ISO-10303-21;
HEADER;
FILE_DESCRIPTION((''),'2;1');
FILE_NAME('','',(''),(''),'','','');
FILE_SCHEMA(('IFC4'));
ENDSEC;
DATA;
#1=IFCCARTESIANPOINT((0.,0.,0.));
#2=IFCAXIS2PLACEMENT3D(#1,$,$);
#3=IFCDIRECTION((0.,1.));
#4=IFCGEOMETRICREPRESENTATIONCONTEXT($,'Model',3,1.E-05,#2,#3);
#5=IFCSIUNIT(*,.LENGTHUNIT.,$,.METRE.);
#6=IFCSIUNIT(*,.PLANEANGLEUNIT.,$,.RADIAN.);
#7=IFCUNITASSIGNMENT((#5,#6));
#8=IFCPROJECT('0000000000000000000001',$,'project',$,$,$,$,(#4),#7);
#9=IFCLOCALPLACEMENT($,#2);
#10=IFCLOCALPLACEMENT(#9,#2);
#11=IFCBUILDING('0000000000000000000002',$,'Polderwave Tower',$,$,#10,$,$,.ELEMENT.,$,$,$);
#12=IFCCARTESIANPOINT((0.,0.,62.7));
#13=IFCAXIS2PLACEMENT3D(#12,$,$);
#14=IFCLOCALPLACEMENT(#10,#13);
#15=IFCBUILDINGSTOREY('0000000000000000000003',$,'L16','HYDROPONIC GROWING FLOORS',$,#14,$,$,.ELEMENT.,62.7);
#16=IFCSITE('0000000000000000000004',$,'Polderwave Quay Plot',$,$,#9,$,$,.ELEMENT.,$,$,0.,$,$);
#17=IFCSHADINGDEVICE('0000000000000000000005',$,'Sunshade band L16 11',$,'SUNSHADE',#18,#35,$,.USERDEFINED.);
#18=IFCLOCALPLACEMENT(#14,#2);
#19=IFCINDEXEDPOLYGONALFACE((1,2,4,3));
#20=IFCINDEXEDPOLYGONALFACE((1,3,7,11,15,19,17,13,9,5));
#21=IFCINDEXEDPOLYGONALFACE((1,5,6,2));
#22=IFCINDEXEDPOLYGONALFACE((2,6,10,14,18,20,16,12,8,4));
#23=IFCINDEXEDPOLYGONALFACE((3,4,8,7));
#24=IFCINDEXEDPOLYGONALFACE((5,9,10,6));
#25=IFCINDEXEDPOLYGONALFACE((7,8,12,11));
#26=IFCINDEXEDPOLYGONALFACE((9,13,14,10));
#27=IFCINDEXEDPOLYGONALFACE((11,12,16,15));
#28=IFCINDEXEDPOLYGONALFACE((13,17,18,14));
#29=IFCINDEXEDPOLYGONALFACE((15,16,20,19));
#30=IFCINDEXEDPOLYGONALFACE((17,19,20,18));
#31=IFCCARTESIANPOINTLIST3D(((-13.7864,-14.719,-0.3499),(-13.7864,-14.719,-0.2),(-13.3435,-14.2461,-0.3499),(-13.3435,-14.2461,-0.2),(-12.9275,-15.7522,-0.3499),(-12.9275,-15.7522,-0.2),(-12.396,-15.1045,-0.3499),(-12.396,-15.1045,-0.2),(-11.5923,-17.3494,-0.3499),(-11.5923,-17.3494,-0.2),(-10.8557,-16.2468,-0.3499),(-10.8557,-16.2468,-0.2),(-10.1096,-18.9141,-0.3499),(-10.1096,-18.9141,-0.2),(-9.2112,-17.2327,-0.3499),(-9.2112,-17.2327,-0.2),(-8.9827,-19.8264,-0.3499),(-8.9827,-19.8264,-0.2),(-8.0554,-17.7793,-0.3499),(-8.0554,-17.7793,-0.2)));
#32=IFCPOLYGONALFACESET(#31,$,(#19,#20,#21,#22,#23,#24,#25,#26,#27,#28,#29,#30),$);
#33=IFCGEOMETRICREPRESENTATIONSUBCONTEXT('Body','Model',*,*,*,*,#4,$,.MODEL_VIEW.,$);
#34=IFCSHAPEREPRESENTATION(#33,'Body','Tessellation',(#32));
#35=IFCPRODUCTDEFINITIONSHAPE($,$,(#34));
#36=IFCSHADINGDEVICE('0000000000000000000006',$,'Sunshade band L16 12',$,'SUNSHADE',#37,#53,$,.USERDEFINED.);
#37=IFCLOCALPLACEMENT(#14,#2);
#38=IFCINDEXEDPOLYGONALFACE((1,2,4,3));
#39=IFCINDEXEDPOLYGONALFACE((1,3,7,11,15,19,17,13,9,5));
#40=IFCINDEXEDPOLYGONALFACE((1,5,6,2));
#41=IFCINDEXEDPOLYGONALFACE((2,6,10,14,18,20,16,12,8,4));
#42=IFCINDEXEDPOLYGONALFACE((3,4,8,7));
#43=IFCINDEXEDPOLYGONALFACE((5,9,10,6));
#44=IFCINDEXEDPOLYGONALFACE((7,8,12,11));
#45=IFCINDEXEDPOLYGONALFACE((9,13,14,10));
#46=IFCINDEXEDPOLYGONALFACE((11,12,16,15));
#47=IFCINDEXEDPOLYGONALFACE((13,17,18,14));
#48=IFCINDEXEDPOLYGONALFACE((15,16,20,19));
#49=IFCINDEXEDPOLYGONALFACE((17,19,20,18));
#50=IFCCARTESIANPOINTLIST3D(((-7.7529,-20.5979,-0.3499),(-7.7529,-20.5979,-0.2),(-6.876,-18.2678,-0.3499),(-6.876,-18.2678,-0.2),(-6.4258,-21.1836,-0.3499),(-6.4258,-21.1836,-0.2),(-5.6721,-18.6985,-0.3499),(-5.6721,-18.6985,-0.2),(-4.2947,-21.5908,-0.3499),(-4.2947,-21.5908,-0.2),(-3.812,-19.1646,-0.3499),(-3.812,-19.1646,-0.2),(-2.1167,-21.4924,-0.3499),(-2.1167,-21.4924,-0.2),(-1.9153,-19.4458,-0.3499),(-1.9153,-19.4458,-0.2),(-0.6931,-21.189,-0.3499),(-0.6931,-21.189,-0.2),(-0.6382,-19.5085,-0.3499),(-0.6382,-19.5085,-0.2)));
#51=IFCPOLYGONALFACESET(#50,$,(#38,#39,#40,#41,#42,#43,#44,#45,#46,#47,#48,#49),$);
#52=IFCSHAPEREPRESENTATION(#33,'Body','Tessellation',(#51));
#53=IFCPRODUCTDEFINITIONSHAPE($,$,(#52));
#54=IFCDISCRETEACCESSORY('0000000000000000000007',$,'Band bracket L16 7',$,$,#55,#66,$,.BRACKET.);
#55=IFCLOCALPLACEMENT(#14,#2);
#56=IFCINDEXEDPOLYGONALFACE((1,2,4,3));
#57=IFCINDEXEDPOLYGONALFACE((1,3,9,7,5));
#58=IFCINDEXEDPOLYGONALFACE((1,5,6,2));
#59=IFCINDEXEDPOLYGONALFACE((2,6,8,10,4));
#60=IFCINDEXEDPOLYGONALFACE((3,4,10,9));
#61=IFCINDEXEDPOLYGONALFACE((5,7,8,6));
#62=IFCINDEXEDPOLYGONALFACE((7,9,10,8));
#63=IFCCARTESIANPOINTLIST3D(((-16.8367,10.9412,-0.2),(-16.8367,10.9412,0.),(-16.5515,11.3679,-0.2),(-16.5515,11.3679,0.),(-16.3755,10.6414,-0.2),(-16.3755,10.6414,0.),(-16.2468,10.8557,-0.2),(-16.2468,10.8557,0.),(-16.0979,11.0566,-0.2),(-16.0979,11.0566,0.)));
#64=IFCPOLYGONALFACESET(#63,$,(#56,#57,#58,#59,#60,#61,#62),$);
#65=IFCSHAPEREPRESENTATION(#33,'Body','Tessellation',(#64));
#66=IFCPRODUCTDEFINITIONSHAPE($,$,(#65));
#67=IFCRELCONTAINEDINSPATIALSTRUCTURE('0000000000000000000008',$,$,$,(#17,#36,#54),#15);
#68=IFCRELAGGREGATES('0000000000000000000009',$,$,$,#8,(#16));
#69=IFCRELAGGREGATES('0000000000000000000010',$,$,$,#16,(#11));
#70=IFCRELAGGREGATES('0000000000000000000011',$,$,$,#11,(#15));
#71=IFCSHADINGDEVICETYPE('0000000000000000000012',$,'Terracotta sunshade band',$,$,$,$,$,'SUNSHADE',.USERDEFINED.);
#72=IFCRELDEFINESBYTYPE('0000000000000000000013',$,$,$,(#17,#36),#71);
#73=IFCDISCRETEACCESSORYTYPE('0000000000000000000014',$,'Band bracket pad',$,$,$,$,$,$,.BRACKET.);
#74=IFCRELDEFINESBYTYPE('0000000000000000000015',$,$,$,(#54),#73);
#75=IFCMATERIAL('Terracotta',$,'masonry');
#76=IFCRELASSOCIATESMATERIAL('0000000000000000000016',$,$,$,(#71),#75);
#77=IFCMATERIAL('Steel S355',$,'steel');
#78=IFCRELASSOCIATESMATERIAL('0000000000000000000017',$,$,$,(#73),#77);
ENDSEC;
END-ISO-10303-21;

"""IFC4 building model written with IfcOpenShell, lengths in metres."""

from ifc_helpers import new_model, si_unit, direction, frame, origin, place, context, subcontext, project, spatial, polyline, outline, extrude, material, type_object, element, save


model = new_model("IFC4")

# Units and contexts
model_context = context("Model", 3, precision=1e-05, world=origin(), true_north=direction((0.0, 1.0)))
body_context = subcontext(model_context, "Body", "Model", "MODEL_VIEW")
ifc_project = project(units=[si_unit("LENGTHUNIT", "METRE"), si_unit("PLANEANGLEUNIT", "RADIAN")], contexts=[model_context])

# Site, building, storey
site_placement = place(None, origin())
site = spatial("IfcSite", under=ifc_project, at=site_placement, Name="Polderwave Quay Plot", CompositionType="ELEMENT", RefElevation=0.0)
building_placement = place(site_placement, origin())
building = spatial("IfcBuilding", under=site, at=building_placement, Name="Polderwave Tower", CompositionType="ELEMENT")
storey_placement = place(building_placement, frame((0.0, 0.0, 62.7)))
storey = spatial("IfcBuildingStorey", under=building, at=storey_placement, Name="L16", Description="HYDROPONIC GROWING FLOORS", CompositionType="ELEMENT", Elevation=62.7)

# Shading devices
ifc_material_1 = material(Name="Terracotta", Category="masonry")
shading_device_type = type_object("IfcShadingDeviceType", Name="Terracotta sunshade band", ElementType="SUNSHADE", PredefinedType="USERDEFINED", material=ifc_material_1)
shading_device_1_placement = place(storey_placement, frame((0.0, 0.0, -0.3499)))
element("IfcShadingDevice", 1, at=shading_device_1_placement, inside=storey, type_object=shading_device_type, Name="Sunshade band L16 11", ObjectType="SUNSHADE", PredefinedType="USERDEFINED", context=body_context, shape_type="SweptSolid", body=[
    extrude(outline(polyline([(-13.3435, -14.2461), (-12.396, -15.1045), (-10.8557, -16.2468), (-9.2112, -17.2327), (-8.0554, -17.7793), (-8.9827, -19.8264), (-10.1096, -18.9141), (-11.5923, -17.3494), (-12.9275, -15.7522), (-13.7864, -14.719), (-13.3435, -14.2461)])), origin(), (0.0, 0.0, 1.0), 0.1499),
])
shading_device_2_placement = place(storey_placement, frame((0.0, 0.0, -0.3499)))
element("IfcShadingDevice", 2, at=shading_device_2_placement, inside=storey, type_object=shading_device_type, Name="Sunshade band L16 12", ObjectType="SUNSHADE", PredefinedType="USERDEFINED", context=body_context, shape_type="SweptSolid", body=[
    extrude(outline(polyline([(-6.876, -18.2678), (-5.6721, -18.6985), (-3.812, -19.1646), (-1.9153, -19.4458), (-0.6382, -19.5085), (-0.6931, -21.189), (-2.1167, -21.4924), (-4.2947, -21.5908), (-6.4258, -21.1836), (-7.7529, -20.5979), (-6.876, -18.2678)])), origin(), (0.0, 0.0, 1.0), 0.1499),
])

# Discrete accessory
ifc_material_2 = material(Name="Steel S355", Category="steel")
discrete_accessory_type = type_object("IfcDiscreteAccessoryType", Name="Band bracket pad", PredefinedType="BRACKET", material=ifc_material_2)
discrete_accessory_placement = place(storey_placement, frame((0.0, 0.0, -0.2)))
element("IfcDiscreteAccessory", 3, at=discrete_accessory_placement, inside=storey, type_object=discrete_accessory_type, Name="Band bracket L16 7", PredefinedType="BRACKET", context=body_context, shape_type="SweptSolid", body=[
    extrude(outline(polyline([(-16.0979, 11.0566), (-16.2468, 10.8557), (-16.3755, 10.6414), (-16.8367, 10.9412), (-16.5515, 11.3679), (-16.0979, 11.0566)])), origin(), (0.0, 0.0, 1.0), 0.2),
])

save(model, "model.ifc")
